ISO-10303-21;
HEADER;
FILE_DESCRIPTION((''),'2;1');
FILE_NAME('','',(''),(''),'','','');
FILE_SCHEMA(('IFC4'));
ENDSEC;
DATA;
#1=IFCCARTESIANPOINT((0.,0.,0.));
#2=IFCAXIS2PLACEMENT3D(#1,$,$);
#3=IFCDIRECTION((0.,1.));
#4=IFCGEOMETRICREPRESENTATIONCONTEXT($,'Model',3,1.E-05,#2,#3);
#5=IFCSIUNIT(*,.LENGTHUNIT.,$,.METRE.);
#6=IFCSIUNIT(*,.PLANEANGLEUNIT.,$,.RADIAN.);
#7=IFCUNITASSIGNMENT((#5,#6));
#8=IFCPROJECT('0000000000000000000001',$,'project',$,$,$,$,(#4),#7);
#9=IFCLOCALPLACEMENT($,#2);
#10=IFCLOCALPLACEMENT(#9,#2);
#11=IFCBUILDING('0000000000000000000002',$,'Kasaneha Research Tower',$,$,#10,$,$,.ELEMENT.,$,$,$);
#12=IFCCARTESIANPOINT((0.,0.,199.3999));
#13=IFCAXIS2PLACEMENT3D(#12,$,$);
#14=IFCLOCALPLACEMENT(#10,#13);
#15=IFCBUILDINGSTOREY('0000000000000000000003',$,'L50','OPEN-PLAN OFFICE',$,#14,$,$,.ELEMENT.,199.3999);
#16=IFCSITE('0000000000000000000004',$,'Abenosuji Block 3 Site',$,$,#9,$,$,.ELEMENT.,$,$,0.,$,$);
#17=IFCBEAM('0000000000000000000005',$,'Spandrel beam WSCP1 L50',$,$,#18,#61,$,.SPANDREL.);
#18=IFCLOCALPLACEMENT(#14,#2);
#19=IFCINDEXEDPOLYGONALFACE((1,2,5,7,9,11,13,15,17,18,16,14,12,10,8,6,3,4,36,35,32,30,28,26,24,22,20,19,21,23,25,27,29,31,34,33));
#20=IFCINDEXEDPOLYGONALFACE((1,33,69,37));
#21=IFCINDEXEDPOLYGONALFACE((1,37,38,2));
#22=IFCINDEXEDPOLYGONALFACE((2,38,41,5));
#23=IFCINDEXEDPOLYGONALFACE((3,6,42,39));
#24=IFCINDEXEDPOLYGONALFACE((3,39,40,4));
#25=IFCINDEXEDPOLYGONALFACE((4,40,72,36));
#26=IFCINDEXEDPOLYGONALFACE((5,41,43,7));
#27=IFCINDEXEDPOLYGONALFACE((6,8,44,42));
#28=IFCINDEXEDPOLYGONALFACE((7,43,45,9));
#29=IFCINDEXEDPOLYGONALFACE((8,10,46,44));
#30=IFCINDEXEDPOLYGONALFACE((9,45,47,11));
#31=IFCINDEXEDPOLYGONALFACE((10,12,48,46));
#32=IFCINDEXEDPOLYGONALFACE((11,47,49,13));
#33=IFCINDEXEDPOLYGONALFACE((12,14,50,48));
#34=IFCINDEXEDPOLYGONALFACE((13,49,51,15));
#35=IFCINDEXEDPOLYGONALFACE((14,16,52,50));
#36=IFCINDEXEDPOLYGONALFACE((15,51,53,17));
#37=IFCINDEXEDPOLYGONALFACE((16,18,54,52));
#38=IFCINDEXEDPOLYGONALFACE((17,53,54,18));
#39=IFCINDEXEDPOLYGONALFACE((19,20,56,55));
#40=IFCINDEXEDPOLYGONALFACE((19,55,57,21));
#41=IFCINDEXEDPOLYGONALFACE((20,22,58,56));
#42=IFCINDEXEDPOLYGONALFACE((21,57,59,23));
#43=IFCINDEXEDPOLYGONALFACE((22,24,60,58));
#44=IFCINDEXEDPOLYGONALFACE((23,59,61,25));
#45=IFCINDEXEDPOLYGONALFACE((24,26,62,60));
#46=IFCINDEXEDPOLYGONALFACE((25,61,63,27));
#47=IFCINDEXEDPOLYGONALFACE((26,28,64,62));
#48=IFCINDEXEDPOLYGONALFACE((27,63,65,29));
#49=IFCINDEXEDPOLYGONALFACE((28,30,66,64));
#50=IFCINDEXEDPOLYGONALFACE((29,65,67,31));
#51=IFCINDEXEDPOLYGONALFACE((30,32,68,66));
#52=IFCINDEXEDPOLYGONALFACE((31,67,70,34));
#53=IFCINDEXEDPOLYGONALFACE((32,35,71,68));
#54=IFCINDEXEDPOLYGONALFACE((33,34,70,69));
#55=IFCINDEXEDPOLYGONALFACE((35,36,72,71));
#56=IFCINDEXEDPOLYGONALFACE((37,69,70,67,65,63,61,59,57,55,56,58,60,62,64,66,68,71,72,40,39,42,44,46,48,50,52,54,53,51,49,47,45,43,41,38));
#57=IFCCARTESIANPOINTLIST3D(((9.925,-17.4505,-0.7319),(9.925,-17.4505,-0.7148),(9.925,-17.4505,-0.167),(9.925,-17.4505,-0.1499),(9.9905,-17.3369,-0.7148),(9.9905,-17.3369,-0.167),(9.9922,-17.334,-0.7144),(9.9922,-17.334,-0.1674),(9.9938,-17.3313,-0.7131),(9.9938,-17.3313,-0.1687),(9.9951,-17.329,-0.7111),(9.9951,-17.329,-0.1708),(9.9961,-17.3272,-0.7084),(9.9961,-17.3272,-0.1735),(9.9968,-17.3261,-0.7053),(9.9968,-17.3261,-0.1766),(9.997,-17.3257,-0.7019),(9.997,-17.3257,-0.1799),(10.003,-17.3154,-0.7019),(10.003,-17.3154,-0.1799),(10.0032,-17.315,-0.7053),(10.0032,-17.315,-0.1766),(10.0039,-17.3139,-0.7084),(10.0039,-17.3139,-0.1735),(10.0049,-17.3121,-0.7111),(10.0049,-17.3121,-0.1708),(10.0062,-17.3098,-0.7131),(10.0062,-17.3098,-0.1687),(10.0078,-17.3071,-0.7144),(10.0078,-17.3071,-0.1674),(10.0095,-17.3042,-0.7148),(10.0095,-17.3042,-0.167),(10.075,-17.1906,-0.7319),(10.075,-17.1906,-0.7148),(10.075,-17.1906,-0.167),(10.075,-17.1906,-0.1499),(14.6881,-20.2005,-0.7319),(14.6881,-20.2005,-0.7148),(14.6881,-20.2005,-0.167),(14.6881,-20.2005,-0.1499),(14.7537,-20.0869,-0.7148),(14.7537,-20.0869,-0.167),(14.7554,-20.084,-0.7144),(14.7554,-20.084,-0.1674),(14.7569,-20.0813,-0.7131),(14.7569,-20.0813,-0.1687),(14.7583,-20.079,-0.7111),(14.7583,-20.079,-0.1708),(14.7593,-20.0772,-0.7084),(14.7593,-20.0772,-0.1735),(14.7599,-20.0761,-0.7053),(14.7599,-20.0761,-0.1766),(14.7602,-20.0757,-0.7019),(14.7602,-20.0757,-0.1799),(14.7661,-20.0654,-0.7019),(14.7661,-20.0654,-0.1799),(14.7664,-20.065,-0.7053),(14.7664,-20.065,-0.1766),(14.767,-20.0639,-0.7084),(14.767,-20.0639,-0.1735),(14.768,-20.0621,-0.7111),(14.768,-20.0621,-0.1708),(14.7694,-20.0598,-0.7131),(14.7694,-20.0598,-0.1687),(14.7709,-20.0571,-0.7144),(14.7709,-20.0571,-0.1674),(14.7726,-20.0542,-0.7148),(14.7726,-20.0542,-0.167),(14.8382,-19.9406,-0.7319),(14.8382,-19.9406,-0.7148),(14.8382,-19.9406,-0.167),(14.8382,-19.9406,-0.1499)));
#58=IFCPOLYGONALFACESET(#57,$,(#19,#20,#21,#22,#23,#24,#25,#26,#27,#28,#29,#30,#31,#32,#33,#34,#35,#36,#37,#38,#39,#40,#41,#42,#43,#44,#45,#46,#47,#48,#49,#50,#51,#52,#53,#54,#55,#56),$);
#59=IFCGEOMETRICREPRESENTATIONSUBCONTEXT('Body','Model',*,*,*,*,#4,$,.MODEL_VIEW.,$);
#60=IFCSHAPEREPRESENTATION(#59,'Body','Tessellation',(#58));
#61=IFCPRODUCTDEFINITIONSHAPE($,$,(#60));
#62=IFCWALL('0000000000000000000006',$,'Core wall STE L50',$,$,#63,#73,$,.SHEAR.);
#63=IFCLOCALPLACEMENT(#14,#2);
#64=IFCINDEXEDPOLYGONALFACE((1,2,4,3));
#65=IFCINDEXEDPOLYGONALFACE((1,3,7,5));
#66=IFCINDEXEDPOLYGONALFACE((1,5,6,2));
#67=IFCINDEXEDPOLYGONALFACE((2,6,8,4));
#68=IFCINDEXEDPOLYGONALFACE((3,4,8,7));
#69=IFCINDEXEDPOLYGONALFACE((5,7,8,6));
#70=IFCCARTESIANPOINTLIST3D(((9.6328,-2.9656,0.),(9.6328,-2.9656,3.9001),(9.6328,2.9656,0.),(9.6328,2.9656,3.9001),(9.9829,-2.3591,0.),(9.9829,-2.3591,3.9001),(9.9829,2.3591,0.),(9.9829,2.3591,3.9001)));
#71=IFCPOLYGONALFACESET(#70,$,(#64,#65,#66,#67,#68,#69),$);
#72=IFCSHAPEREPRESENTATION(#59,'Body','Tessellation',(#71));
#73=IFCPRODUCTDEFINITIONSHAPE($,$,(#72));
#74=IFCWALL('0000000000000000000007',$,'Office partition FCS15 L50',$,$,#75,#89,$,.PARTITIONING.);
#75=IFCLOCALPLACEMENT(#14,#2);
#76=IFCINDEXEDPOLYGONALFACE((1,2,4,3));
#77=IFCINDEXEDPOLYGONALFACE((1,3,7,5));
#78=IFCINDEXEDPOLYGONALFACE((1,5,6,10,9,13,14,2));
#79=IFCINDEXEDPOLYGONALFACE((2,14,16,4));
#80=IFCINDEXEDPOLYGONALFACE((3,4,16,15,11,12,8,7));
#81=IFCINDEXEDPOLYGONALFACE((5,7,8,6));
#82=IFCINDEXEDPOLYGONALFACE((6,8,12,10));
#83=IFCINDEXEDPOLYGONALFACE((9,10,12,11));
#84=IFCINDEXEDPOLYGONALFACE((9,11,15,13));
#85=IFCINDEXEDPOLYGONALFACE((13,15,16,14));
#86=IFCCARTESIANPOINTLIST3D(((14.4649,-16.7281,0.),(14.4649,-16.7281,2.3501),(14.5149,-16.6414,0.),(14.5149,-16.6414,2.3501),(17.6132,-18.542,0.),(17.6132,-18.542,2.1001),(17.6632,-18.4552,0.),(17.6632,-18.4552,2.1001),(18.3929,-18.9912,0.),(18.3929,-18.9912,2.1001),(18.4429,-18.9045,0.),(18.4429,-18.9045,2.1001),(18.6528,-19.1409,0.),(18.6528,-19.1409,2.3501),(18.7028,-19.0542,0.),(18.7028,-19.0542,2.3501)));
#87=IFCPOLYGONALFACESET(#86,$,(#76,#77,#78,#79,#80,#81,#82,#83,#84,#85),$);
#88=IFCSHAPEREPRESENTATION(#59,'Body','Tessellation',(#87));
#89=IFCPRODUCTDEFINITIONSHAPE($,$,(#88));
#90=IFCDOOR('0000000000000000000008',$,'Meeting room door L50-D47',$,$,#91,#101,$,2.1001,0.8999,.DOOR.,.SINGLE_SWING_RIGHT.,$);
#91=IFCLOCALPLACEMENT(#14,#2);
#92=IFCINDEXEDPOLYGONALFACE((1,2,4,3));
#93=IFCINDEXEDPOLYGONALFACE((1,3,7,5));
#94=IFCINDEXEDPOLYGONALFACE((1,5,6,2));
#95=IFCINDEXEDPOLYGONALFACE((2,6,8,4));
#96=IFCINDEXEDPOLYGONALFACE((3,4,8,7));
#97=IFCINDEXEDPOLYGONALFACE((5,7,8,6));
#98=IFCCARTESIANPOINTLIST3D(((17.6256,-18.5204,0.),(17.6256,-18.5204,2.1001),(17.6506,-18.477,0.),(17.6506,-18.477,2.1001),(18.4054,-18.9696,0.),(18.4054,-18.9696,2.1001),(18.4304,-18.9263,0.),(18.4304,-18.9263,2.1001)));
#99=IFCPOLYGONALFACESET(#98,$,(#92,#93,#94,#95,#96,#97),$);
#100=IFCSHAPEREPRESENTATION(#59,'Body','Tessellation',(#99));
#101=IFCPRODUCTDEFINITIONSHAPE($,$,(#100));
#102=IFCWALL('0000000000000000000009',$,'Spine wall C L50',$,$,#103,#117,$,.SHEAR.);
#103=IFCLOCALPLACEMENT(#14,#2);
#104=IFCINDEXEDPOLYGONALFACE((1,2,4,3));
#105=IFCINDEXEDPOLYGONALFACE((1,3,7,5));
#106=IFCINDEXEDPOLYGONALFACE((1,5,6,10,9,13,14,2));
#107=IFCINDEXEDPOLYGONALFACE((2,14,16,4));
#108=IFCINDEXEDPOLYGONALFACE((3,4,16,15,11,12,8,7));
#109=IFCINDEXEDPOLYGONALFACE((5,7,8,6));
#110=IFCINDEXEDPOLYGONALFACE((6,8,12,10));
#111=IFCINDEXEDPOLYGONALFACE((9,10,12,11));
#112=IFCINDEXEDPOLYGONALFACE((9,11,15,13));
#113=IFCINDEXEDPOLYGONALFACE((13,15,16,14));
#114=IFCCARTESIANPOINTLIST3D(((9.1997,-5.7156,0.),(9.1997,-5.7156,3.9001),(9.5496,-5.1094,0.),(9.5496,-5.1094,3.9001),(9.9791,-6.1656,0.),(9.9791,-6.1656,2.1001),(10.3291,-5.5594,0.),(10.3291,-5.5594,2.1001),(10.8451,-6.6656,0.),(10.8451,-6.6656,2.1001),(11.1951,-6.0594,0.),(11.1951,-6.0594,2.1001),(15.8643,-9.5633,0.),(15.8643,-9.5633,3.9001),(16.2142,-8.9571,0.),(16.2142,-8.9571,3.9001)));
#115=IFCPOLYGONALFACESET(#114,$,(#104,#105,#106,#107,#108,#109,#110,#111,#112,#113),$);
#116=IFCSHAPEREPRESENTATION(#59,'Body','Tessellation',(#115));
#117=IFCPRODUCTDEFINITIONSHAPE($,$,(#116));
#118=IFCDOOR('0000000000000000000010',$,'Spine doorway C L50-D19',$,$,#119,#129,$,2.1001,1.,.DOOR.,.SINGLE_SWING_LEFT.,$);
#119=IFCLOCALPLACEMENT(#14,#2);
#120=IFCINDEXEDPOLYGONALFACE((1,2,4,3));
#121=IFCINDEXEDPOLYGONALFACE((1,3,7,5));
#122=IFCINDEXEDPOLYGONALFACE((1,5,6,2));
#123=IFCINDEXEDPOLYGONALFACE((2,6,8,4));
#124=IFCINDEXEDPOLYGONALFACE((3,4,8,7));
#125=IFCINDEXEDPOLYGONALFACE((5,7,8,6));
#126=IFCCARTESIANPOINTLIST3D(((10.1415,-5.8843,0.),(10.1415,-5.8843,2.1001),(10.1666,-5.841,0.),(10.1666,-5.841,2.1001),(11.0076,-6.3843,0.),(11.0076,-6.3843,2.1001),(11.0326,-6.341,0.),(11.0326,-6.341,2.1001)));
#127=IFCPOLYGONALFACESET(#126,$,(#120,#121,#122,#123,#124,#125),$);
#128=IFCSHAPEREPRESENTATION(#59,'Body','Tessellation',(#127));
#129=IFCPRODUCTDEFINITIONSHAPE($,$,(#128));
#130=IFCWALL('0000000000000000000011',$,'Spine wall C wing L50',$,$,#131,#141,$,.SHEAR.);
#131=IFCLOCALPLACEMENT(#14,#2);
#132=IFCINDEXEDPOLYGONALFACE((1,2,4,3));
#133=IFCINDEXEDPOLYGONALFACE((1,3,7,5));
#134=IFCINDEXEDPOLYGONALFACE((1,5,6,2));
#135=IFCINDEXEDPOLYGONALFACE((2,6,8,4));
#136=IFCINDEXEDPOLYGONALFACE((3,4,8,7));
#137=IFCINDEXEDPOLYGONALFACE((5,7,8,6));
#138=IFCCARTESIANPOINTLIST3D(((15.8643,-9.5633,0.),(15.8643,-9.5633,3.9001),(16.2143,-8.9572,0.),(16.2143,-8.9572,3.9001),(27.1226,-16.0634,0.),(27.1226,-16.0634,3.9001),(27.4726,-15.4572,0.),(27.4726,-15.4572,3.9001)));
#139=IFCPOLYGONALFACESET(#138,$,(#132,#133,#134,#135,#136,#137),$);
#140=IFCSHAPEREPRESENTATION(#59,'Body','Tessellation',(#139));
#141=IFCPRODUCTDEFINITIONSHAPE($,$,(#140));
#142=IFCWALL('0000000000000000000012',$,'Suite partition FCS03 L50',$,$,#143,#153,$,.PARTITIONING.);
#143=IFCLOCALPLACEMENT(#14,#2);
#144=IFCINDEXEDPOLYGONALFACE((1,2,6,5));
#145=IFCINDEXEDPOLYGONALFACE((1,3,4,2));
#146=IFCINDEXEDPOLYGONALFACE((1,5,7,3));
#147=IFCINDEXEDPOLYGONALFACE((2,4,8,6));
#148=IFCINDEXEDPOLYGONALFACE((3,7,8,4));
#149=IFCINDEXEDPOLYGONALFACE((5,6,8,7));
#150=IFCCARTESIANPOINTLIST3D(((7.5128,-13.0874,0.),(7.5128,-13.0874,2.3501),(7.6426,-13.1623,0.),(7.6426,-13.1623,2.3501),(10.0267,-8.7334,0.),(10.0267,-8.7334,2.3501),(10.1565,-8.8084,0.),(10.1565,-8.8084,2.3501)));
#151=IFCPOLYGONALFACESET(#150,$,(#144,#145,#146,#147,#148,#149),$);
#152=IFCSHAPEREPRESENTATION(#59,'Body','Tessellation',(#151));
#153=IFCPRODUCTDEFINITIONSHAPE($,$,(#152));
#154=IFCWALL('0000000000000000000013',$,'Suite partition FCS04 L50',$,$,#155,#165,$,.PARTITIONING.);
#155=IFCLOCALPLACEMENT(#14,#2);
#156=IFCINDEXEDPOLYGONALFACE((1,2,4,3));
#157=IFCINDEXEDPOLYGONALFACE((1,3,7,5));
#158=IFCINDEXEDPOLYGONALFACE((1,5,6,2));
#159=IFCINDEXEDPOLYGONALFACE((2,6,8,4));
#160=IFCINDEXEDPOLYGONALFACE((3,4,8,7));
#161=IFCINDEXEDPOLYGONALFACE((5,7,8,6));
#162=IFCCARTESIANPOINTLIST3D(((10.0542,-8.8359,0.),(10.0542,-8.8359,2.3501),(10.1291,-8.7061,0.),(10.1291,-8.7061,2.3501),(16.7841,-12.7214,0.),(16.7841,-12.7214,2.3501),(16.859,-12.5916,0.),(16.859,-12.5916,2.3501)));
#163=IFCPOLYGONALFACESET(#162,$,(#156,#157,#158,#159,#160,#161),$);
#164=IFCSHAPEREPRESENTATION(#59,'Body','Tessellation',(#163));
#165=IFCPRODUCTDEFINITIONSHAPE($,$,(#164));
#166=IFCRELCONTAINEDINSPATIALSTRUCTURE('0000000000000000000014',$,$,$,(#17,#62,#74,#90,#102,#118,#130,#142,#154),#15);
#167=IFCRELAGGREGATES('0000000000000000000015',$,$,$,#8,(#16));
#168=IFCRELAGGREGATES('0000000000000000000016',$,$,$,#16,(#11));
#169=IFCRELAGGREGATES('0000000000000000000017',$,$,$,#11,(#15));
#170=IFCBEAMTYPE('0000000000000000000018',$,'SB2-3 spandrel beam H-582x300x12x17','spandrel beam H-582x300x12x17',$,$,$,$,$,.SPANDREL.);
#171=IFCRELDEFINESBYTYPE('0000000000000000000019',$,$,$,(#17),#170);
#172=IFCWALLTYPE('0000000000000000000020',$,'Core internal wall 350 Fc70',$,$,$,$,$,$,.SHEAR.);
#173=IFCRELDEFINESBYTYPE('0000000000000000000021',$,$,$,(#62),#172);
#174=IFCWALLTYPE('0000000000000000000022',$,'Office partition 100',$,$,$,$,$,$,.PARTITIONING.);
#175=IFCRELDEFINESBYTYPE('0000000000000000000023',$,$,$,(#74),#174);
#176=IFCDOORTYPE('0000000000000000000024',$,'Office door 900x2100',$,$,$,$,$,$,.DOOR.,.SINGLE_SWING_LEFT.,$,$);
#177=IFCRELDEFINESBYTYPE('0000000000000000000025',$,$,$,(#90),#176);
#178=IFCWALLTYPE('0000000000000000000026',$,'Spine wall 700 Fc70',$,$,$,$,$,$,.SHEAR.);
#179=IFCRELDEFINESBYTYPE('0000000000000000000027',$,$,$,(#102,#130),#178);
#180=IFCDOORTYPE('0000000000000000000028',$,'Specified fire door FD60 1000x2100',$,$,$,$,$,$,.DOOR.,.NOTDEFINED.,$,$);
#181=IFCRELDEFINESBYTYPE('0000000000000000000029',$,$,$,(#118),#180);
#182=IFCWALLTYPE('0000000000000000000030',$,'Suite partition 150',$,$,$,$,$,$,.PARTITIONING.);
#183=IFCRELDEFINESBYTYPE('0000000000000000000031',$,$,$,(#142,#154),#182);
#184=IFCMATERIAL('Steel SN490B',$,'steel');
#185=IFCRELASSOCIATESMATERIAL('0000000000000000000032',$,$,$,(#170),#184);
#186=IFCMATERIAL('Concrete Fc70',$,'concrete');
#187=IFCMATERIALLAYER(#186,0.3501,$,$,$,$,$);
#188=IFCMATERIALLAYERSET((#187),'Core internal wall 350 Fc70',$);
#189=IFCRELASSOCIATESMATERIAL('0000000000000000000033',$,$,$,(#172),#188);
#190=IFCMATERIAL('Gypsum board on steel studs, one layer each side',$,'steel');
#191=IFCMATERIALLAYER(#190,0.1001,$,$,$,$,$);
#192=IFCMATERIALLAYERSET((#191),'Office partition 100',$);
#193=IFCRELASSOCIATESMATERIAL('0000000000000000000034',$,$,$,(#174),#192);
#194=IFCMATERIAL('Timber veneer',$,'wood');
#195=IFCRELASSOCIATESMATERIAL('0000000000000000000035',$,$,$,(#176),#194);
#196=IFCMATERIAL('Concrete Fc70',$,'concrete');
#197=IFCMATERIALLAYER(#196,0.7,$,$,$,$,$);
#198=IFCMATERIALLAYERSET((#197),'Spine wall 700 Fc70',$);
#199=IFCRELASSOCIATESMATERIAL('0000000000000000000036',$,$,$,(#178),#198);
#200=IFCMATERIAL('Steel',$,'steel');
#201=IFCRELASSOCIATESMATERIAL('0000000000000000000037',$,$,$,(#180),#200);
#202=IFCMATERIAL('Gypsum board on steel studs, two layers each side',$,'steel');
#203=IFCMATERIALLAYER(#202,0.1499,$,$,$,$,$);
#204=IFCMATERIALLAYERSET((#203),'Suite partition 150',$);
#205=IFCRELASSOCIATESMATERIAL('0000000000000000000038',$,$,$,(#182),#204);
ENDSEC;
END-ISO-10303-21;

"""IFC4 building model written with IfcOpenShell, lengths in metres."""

from ifc_helpers import new_model, si_unit, direction, frame, frame_2d, origin, origin_2d, place, context, subcontext, project, spatial, polyline, rectangle, i_section, outline, extrude, material, layer, layer_set, material_profile, profile_set, type_object, element, fill, save


model = new_model("IFC4")

# Units and contexts
model_context = context("Model", 3, precision=1e-05, world=origin(), true_north=direction((0.0, 1.0)))
body_context = subcontext(model_context, "Body", "Model", "MODEL_VIEW")
ifc_project = project(units=[si_unit("LENGTHUNIT", "METRE"), si_unit("PLANEANGLEUNIT", "RADIAN")], contexts=[model_context])

# Site, building, storey
site_placement = place(None, origin())
site = spatial("IfcSite", under=ifc_project, at=site_placement, Name="Abenosuji Block 3 Site", CompositionType="ELEMENT", RefElevation=0.0)
building_placement = place(site_placement, origin())
building = spatial("IfcBuilding", under=site, at=building_placement, Name="Kasaneha Research Tower", CompositionType="ELEMENT")
storey_placement = place(building_placement, frame((0.0, 0.0, 199.3999)))
storey = spatial("IfcBuildingStorey", under=building, at=storey_placement, Name="L50", Description="OPEN-PLAN OFFICE", CompositionType="ELEMENT", Elevation=199.3999)

# Beam
ifc_material_1 = material(Name="Steel SN490B", Category="steel")
ifc_material_profile_1 = material_profile(ifc_material_1, i_section(OverallWidth=0.3, OverallDepth=0.582, WebThickness=0.012, FlangeThickness=0.0171, FilletRadius=0.0129, at=origin_2d()), Name="H-582x300x12x17")
ifc_profile_set_1 = profile_set([ifc_material_profile_1], Name="Steel SN490B")
beam_type_1 = type_object("IfcBeamType", Name="SB2-3 spandrel beam H-582x300x12x17", Description="spandrel beam H-582x300x12x17", PredefinedType="SPANDREL", material=ifc_profile_set_1)
beam_1_placement = place(storey_placement, frame((10.0, -17.3206, -0.4409), z_axis=(0.866027, -0.499997, 0.0), x_axis=(0.499997, 0.866027, 0.0)))
element("IfcBeam", 1, at=beam_1_placement, inside=storey, type_object=beam_type_1, Name="Spandrel beam WSCP1 L50", PredefinedType="SPANDREL", context=body_context, shape_type="SweptSolid", body=[
    extrude(i_section(OverallWidth=0.3, OverallDepth=0.582, WebThickness=0.012, FlangeThickness=0.0171, FilletRadius=0.0129, at=origin_2d()), origin(), (0.0, 0.0, 1.0), 5.5),
])

# Wall
ifc_material_2 = material(Name="Concrete Fc70", Category="concrete")
ifc_layer_1 = layer(ifc_material_2, 0.3501)
ifc_layer_set_1 = layer_set([ifc_layer_1], Name="Core internal wall 350 Fc70")
wall_type_1 = type_object("IfcWallType", Name="Core internal wall 350 Fc70", PredefinedType="SHEAR", material=ifc_layer_set_1)
wall_1_placement = place(storey_placement, frame((9.8079, -2.6624, 0.0), z_axis=(0.0, 0.0, 1.0), x_axis=(0.0, 1.0, 0.0)))
element("IfcWall", 2, at=wall_1_placement, inside=storey, type_object=wall_type_1, Name="Core wall STE L50", PredefinedType="SHEAR", context=body_context, shape_type="SweptSolid", body=[
    extrude(outline(polyline([(0.3032, -0.175), (5.0215, -0.175), (5.6279, 0.175), (-0.3032, 0.175), (0.3032, -0.175)])), origin(), (0.0, 0.0, 1.0), 3.9001),
])

# Walls, openings, doors
ifc_material_3 = material(Name="Gypsum board on steel studs, one layer each side", Category="steel")
ifc_layer_2 = layer(ifc_material_3, 0.1001)
ifc_layer_set_2 = layer_set([ifc_layer_2], Name="Office partition 100")
wall_type_2 = type_object("IfcWallType", Name="Office partition 100", PredefinedType="PARTITIONING", material=ifc_layer_set_2)
wall_2_placement = place(storey_placement, frame((14.49, -16.6848, 0.0), z_axis=(0.0, 0.0, 1.0), x_axis=(0.866481, -0.499209, 0.0)))
wall_2 = element("IfcWall", 3, at=wall_2_placement, inside=storey, type_object=wall_type_2, Name="Office partition FCS15 L50", PredefinedType="PARTITIONING", context=body_context, shape_type="SweptSolid", body=[
    extrude(rectangle(XDim=4.8333, YDim=0.1001, at=frame_2d((2.4165, 0.0))), origin(), (0.0, 0.0, 1.0), 2.3501),
])
opening_1_placement = place(wall_2_placement, frame((3.6333, 0.0, 0.0)))
opening_1 = element("IfcOpeningElement", 4, at=opening_1_placement, cuts=wall_2, PredefinedType="OPENING", context=body_context, shape_type="SweptSolid", body=[
    extrude(rectangle(XDim=0.8999, YDim=2.1001, at=frame_2d((0.45, 1.05))), frame((0.0, 0.0601, 0.0), z_axis=(0.0, -1.0, 0.0), x_axis=(1.0, 0.0, 0.0)), (0.0, 0.0, 1.0), 0.1201),
])
ifc_material_4 = material(Name="Timber veneer", Category="wood")
door_type_1 = type_object("IfcDoorType", Name="Office door 900x2100", OperationType="SINGLE_SWING_LEFT", PredefinedType="DOOR", material=ifc_material_4)
door_1_placement = place(opening_1_placement, origin())
door_1 = element("IfcDoor", 5, at=door_1_placement, inside=storey, type_object=door_type_1, Name="Meeting room door L50-D47", OperationType="SINGLE_SWING_RIGHT", OverallHeight=2.1001, OverallWidth=0.8999, PredefinedType="DOOR", context=body_context, shape_type="SweptSolid", body=[
    extrude(rectangle(XDim=0.8999, YDim=2.1001, at=frame_2d((0.45, 1.05))), frame((0.0, 0.0249, 0.0), z_axis=(0.0, -1.0, 0.0), x_axis=(1.0, 0.0, 0.0)), (0.0, 0.0, 1.0), 0.05),
])
fill(opening_1, door_1)
ifc_material_5 = material(Name="Concrete Fc70", Category="concrete")
ifc_layer_3 = layer(ifc_material_5, 0.7)
ifc_layer_set_3 = layer_set([ifc_layer_3], Name="Spine wall 700 Fc70")
wall_type_3 = type_object("IfcWallType", Name="Spine wall 700 Fc70", PredefinedType="SHEAR", material=ifc_layer_set_3)
wall_3_placement = place(storey_placement, frame((9.3748, -5.4126, 0.0), z_axis=(0.0, 0.0, 1.0), x_axis=(0.866032, -0.499988, 0.0)))
wall_3 = element("IfcWall", 6, at=wall_3_placement, inside=storey, type_object=wall_type_3, Name="Spine wall C L50", PredefinedType="SHEAR", context=body_context, shape_type="SweptSolid", body=[
    extrude(rectangle(XDim=7.6956, YDim=0.7, at=frame_2d((3.8477, 0.0))), origin(), (0.0, 0.0, 1.0), 3.9001),
])
opening_2_placement = place(wall_3_placement, frame((0.8999, 0.0, 0.0)))
opening_2 = element("IfcOpeningElement", 7, at=opening_2_placement, cuts=wall_3, PredefinedType="OPENING", context=body_context, shape_type="SweptSolid", body=[
    extrude(rectangle(XDim=1.0, YDim=2.1001, at=frame_2d((0.5, 1.05))), frame((0.0, 0.3599, 0.0), z_axis=(0.0, -1.0, 0.0), x_axis=(1.0, 0.0, 0.0)), (0.0, 0.0, 1.0), 0.72),
])
ifc_material_6 = material(Name="Steel", Category="steel")
door_type_2 = type_object("IfcDoorType", Name="Specified fire door FD60 1000x2100", OperationType="NOTDEFINED", PredefinedType="DOOR", material=ifc_material_6)
door_2_placement = place(opening_2_placement, origin())
door_2 = element("IfcDoor", 8, at=door_2_placement, inside=storey, type_object=door_type_2, Name="Spine doorway C L50-D19", OperationType="SINGLE_SWING_LEFT", OverallHeight=2.1001, OverallWidth=1.0, PredefinedType="DOOR", context=body_context, shape_type="SweptSolid", body=[
    extrude(rectangle(XDim=1.0, YDim=2.1001, at=frame_2d((0.5, 1.05))), frame((0.0, 0.0249, 0.0), z_axis=(0.0, -1.0, 0.0), x_axis=(1.0, 0.0, 0.0)), (0.0, 0.0, 1.0), 0.05),
])
fill(opening_2, door_2)

# Walls
wall_4_placement = place(storey_placement, frame((16.0393, -9.2603, 0.0), z_axis=(0.0, 0.0, 1.0), x_axis=(0.866025, -0.500001, 0.0)))
element("IfcWall", 9, at=wall_4_placement, inside=storey, type_object=wall_type_3, Name="Spine wall C wing L50", PredefinedType="SHEAR", context=body_context, shape_type="SweptSolid", body=[
    extrude(rectangle(XDim=13.0, YDim=0.7, at=frame_2d((6.5, 0.0))), origin(), (0.0, 0.0, 1.0), 3.9001),
])
ifc_material_7 = material(Name="Gypsum board on steel studs, two layers each side", Category="steel")
ifc_layer_4 = layer(ifc_material_7, 0.1499)
ifc_layer_set_4 = layer_set([ifc_layer_4], Name="Suite partition 150")
wall_type_4 = type_object("IfcWallType", Name="Suite partition 150", PredefinedType="PARTITIONING", material=ifc_layer_set_4)
wall_5_placement = place(storey_placement, frame((10.0916, -8.771, 0.0), z_axis=(0.0, 0.0, 1.0), x_axis=(-0.500019, -0.866014, 0.0)))
element("IfcWall", 10, at=wall_5_placement, inside=storey, type_object=wall_type_4, Name="Suite partition FCS03 L50", PredefinedType="PARTITIONING", context=body_context, shape_type="SweptSolid", body=[
    extrude(rectangle(XDim=5.0276, YDim=0.1499, at=frame_2d((2.5137, 0.0))), origin(), (0.0, 0.0, 1.0), 2.3501),
])
wall_6_placement = place(storey_placement, frame((16.8215, -12.6565, 0.0), z_axis=(0.0, 0.0, 1.0), x_axis=(-0.866029, 0.499994, 0.0)))
element("IfcWall", 11, at=wall_6_placement, inside=storey, type_object=wall_type_4, Name="Suite partition FCS04 L50", PredefinedType="PARTITIONING", context=body_context, shape_type="SweptSolid", body=[
    extrude(rectangle(XDim=7.771, YDim=0.1499, at=frame_2d((3.8855, 0.0))), origin(), (0.0, 0.0, 1.0), 2.3501),
])

save(model, "model.ifc")
